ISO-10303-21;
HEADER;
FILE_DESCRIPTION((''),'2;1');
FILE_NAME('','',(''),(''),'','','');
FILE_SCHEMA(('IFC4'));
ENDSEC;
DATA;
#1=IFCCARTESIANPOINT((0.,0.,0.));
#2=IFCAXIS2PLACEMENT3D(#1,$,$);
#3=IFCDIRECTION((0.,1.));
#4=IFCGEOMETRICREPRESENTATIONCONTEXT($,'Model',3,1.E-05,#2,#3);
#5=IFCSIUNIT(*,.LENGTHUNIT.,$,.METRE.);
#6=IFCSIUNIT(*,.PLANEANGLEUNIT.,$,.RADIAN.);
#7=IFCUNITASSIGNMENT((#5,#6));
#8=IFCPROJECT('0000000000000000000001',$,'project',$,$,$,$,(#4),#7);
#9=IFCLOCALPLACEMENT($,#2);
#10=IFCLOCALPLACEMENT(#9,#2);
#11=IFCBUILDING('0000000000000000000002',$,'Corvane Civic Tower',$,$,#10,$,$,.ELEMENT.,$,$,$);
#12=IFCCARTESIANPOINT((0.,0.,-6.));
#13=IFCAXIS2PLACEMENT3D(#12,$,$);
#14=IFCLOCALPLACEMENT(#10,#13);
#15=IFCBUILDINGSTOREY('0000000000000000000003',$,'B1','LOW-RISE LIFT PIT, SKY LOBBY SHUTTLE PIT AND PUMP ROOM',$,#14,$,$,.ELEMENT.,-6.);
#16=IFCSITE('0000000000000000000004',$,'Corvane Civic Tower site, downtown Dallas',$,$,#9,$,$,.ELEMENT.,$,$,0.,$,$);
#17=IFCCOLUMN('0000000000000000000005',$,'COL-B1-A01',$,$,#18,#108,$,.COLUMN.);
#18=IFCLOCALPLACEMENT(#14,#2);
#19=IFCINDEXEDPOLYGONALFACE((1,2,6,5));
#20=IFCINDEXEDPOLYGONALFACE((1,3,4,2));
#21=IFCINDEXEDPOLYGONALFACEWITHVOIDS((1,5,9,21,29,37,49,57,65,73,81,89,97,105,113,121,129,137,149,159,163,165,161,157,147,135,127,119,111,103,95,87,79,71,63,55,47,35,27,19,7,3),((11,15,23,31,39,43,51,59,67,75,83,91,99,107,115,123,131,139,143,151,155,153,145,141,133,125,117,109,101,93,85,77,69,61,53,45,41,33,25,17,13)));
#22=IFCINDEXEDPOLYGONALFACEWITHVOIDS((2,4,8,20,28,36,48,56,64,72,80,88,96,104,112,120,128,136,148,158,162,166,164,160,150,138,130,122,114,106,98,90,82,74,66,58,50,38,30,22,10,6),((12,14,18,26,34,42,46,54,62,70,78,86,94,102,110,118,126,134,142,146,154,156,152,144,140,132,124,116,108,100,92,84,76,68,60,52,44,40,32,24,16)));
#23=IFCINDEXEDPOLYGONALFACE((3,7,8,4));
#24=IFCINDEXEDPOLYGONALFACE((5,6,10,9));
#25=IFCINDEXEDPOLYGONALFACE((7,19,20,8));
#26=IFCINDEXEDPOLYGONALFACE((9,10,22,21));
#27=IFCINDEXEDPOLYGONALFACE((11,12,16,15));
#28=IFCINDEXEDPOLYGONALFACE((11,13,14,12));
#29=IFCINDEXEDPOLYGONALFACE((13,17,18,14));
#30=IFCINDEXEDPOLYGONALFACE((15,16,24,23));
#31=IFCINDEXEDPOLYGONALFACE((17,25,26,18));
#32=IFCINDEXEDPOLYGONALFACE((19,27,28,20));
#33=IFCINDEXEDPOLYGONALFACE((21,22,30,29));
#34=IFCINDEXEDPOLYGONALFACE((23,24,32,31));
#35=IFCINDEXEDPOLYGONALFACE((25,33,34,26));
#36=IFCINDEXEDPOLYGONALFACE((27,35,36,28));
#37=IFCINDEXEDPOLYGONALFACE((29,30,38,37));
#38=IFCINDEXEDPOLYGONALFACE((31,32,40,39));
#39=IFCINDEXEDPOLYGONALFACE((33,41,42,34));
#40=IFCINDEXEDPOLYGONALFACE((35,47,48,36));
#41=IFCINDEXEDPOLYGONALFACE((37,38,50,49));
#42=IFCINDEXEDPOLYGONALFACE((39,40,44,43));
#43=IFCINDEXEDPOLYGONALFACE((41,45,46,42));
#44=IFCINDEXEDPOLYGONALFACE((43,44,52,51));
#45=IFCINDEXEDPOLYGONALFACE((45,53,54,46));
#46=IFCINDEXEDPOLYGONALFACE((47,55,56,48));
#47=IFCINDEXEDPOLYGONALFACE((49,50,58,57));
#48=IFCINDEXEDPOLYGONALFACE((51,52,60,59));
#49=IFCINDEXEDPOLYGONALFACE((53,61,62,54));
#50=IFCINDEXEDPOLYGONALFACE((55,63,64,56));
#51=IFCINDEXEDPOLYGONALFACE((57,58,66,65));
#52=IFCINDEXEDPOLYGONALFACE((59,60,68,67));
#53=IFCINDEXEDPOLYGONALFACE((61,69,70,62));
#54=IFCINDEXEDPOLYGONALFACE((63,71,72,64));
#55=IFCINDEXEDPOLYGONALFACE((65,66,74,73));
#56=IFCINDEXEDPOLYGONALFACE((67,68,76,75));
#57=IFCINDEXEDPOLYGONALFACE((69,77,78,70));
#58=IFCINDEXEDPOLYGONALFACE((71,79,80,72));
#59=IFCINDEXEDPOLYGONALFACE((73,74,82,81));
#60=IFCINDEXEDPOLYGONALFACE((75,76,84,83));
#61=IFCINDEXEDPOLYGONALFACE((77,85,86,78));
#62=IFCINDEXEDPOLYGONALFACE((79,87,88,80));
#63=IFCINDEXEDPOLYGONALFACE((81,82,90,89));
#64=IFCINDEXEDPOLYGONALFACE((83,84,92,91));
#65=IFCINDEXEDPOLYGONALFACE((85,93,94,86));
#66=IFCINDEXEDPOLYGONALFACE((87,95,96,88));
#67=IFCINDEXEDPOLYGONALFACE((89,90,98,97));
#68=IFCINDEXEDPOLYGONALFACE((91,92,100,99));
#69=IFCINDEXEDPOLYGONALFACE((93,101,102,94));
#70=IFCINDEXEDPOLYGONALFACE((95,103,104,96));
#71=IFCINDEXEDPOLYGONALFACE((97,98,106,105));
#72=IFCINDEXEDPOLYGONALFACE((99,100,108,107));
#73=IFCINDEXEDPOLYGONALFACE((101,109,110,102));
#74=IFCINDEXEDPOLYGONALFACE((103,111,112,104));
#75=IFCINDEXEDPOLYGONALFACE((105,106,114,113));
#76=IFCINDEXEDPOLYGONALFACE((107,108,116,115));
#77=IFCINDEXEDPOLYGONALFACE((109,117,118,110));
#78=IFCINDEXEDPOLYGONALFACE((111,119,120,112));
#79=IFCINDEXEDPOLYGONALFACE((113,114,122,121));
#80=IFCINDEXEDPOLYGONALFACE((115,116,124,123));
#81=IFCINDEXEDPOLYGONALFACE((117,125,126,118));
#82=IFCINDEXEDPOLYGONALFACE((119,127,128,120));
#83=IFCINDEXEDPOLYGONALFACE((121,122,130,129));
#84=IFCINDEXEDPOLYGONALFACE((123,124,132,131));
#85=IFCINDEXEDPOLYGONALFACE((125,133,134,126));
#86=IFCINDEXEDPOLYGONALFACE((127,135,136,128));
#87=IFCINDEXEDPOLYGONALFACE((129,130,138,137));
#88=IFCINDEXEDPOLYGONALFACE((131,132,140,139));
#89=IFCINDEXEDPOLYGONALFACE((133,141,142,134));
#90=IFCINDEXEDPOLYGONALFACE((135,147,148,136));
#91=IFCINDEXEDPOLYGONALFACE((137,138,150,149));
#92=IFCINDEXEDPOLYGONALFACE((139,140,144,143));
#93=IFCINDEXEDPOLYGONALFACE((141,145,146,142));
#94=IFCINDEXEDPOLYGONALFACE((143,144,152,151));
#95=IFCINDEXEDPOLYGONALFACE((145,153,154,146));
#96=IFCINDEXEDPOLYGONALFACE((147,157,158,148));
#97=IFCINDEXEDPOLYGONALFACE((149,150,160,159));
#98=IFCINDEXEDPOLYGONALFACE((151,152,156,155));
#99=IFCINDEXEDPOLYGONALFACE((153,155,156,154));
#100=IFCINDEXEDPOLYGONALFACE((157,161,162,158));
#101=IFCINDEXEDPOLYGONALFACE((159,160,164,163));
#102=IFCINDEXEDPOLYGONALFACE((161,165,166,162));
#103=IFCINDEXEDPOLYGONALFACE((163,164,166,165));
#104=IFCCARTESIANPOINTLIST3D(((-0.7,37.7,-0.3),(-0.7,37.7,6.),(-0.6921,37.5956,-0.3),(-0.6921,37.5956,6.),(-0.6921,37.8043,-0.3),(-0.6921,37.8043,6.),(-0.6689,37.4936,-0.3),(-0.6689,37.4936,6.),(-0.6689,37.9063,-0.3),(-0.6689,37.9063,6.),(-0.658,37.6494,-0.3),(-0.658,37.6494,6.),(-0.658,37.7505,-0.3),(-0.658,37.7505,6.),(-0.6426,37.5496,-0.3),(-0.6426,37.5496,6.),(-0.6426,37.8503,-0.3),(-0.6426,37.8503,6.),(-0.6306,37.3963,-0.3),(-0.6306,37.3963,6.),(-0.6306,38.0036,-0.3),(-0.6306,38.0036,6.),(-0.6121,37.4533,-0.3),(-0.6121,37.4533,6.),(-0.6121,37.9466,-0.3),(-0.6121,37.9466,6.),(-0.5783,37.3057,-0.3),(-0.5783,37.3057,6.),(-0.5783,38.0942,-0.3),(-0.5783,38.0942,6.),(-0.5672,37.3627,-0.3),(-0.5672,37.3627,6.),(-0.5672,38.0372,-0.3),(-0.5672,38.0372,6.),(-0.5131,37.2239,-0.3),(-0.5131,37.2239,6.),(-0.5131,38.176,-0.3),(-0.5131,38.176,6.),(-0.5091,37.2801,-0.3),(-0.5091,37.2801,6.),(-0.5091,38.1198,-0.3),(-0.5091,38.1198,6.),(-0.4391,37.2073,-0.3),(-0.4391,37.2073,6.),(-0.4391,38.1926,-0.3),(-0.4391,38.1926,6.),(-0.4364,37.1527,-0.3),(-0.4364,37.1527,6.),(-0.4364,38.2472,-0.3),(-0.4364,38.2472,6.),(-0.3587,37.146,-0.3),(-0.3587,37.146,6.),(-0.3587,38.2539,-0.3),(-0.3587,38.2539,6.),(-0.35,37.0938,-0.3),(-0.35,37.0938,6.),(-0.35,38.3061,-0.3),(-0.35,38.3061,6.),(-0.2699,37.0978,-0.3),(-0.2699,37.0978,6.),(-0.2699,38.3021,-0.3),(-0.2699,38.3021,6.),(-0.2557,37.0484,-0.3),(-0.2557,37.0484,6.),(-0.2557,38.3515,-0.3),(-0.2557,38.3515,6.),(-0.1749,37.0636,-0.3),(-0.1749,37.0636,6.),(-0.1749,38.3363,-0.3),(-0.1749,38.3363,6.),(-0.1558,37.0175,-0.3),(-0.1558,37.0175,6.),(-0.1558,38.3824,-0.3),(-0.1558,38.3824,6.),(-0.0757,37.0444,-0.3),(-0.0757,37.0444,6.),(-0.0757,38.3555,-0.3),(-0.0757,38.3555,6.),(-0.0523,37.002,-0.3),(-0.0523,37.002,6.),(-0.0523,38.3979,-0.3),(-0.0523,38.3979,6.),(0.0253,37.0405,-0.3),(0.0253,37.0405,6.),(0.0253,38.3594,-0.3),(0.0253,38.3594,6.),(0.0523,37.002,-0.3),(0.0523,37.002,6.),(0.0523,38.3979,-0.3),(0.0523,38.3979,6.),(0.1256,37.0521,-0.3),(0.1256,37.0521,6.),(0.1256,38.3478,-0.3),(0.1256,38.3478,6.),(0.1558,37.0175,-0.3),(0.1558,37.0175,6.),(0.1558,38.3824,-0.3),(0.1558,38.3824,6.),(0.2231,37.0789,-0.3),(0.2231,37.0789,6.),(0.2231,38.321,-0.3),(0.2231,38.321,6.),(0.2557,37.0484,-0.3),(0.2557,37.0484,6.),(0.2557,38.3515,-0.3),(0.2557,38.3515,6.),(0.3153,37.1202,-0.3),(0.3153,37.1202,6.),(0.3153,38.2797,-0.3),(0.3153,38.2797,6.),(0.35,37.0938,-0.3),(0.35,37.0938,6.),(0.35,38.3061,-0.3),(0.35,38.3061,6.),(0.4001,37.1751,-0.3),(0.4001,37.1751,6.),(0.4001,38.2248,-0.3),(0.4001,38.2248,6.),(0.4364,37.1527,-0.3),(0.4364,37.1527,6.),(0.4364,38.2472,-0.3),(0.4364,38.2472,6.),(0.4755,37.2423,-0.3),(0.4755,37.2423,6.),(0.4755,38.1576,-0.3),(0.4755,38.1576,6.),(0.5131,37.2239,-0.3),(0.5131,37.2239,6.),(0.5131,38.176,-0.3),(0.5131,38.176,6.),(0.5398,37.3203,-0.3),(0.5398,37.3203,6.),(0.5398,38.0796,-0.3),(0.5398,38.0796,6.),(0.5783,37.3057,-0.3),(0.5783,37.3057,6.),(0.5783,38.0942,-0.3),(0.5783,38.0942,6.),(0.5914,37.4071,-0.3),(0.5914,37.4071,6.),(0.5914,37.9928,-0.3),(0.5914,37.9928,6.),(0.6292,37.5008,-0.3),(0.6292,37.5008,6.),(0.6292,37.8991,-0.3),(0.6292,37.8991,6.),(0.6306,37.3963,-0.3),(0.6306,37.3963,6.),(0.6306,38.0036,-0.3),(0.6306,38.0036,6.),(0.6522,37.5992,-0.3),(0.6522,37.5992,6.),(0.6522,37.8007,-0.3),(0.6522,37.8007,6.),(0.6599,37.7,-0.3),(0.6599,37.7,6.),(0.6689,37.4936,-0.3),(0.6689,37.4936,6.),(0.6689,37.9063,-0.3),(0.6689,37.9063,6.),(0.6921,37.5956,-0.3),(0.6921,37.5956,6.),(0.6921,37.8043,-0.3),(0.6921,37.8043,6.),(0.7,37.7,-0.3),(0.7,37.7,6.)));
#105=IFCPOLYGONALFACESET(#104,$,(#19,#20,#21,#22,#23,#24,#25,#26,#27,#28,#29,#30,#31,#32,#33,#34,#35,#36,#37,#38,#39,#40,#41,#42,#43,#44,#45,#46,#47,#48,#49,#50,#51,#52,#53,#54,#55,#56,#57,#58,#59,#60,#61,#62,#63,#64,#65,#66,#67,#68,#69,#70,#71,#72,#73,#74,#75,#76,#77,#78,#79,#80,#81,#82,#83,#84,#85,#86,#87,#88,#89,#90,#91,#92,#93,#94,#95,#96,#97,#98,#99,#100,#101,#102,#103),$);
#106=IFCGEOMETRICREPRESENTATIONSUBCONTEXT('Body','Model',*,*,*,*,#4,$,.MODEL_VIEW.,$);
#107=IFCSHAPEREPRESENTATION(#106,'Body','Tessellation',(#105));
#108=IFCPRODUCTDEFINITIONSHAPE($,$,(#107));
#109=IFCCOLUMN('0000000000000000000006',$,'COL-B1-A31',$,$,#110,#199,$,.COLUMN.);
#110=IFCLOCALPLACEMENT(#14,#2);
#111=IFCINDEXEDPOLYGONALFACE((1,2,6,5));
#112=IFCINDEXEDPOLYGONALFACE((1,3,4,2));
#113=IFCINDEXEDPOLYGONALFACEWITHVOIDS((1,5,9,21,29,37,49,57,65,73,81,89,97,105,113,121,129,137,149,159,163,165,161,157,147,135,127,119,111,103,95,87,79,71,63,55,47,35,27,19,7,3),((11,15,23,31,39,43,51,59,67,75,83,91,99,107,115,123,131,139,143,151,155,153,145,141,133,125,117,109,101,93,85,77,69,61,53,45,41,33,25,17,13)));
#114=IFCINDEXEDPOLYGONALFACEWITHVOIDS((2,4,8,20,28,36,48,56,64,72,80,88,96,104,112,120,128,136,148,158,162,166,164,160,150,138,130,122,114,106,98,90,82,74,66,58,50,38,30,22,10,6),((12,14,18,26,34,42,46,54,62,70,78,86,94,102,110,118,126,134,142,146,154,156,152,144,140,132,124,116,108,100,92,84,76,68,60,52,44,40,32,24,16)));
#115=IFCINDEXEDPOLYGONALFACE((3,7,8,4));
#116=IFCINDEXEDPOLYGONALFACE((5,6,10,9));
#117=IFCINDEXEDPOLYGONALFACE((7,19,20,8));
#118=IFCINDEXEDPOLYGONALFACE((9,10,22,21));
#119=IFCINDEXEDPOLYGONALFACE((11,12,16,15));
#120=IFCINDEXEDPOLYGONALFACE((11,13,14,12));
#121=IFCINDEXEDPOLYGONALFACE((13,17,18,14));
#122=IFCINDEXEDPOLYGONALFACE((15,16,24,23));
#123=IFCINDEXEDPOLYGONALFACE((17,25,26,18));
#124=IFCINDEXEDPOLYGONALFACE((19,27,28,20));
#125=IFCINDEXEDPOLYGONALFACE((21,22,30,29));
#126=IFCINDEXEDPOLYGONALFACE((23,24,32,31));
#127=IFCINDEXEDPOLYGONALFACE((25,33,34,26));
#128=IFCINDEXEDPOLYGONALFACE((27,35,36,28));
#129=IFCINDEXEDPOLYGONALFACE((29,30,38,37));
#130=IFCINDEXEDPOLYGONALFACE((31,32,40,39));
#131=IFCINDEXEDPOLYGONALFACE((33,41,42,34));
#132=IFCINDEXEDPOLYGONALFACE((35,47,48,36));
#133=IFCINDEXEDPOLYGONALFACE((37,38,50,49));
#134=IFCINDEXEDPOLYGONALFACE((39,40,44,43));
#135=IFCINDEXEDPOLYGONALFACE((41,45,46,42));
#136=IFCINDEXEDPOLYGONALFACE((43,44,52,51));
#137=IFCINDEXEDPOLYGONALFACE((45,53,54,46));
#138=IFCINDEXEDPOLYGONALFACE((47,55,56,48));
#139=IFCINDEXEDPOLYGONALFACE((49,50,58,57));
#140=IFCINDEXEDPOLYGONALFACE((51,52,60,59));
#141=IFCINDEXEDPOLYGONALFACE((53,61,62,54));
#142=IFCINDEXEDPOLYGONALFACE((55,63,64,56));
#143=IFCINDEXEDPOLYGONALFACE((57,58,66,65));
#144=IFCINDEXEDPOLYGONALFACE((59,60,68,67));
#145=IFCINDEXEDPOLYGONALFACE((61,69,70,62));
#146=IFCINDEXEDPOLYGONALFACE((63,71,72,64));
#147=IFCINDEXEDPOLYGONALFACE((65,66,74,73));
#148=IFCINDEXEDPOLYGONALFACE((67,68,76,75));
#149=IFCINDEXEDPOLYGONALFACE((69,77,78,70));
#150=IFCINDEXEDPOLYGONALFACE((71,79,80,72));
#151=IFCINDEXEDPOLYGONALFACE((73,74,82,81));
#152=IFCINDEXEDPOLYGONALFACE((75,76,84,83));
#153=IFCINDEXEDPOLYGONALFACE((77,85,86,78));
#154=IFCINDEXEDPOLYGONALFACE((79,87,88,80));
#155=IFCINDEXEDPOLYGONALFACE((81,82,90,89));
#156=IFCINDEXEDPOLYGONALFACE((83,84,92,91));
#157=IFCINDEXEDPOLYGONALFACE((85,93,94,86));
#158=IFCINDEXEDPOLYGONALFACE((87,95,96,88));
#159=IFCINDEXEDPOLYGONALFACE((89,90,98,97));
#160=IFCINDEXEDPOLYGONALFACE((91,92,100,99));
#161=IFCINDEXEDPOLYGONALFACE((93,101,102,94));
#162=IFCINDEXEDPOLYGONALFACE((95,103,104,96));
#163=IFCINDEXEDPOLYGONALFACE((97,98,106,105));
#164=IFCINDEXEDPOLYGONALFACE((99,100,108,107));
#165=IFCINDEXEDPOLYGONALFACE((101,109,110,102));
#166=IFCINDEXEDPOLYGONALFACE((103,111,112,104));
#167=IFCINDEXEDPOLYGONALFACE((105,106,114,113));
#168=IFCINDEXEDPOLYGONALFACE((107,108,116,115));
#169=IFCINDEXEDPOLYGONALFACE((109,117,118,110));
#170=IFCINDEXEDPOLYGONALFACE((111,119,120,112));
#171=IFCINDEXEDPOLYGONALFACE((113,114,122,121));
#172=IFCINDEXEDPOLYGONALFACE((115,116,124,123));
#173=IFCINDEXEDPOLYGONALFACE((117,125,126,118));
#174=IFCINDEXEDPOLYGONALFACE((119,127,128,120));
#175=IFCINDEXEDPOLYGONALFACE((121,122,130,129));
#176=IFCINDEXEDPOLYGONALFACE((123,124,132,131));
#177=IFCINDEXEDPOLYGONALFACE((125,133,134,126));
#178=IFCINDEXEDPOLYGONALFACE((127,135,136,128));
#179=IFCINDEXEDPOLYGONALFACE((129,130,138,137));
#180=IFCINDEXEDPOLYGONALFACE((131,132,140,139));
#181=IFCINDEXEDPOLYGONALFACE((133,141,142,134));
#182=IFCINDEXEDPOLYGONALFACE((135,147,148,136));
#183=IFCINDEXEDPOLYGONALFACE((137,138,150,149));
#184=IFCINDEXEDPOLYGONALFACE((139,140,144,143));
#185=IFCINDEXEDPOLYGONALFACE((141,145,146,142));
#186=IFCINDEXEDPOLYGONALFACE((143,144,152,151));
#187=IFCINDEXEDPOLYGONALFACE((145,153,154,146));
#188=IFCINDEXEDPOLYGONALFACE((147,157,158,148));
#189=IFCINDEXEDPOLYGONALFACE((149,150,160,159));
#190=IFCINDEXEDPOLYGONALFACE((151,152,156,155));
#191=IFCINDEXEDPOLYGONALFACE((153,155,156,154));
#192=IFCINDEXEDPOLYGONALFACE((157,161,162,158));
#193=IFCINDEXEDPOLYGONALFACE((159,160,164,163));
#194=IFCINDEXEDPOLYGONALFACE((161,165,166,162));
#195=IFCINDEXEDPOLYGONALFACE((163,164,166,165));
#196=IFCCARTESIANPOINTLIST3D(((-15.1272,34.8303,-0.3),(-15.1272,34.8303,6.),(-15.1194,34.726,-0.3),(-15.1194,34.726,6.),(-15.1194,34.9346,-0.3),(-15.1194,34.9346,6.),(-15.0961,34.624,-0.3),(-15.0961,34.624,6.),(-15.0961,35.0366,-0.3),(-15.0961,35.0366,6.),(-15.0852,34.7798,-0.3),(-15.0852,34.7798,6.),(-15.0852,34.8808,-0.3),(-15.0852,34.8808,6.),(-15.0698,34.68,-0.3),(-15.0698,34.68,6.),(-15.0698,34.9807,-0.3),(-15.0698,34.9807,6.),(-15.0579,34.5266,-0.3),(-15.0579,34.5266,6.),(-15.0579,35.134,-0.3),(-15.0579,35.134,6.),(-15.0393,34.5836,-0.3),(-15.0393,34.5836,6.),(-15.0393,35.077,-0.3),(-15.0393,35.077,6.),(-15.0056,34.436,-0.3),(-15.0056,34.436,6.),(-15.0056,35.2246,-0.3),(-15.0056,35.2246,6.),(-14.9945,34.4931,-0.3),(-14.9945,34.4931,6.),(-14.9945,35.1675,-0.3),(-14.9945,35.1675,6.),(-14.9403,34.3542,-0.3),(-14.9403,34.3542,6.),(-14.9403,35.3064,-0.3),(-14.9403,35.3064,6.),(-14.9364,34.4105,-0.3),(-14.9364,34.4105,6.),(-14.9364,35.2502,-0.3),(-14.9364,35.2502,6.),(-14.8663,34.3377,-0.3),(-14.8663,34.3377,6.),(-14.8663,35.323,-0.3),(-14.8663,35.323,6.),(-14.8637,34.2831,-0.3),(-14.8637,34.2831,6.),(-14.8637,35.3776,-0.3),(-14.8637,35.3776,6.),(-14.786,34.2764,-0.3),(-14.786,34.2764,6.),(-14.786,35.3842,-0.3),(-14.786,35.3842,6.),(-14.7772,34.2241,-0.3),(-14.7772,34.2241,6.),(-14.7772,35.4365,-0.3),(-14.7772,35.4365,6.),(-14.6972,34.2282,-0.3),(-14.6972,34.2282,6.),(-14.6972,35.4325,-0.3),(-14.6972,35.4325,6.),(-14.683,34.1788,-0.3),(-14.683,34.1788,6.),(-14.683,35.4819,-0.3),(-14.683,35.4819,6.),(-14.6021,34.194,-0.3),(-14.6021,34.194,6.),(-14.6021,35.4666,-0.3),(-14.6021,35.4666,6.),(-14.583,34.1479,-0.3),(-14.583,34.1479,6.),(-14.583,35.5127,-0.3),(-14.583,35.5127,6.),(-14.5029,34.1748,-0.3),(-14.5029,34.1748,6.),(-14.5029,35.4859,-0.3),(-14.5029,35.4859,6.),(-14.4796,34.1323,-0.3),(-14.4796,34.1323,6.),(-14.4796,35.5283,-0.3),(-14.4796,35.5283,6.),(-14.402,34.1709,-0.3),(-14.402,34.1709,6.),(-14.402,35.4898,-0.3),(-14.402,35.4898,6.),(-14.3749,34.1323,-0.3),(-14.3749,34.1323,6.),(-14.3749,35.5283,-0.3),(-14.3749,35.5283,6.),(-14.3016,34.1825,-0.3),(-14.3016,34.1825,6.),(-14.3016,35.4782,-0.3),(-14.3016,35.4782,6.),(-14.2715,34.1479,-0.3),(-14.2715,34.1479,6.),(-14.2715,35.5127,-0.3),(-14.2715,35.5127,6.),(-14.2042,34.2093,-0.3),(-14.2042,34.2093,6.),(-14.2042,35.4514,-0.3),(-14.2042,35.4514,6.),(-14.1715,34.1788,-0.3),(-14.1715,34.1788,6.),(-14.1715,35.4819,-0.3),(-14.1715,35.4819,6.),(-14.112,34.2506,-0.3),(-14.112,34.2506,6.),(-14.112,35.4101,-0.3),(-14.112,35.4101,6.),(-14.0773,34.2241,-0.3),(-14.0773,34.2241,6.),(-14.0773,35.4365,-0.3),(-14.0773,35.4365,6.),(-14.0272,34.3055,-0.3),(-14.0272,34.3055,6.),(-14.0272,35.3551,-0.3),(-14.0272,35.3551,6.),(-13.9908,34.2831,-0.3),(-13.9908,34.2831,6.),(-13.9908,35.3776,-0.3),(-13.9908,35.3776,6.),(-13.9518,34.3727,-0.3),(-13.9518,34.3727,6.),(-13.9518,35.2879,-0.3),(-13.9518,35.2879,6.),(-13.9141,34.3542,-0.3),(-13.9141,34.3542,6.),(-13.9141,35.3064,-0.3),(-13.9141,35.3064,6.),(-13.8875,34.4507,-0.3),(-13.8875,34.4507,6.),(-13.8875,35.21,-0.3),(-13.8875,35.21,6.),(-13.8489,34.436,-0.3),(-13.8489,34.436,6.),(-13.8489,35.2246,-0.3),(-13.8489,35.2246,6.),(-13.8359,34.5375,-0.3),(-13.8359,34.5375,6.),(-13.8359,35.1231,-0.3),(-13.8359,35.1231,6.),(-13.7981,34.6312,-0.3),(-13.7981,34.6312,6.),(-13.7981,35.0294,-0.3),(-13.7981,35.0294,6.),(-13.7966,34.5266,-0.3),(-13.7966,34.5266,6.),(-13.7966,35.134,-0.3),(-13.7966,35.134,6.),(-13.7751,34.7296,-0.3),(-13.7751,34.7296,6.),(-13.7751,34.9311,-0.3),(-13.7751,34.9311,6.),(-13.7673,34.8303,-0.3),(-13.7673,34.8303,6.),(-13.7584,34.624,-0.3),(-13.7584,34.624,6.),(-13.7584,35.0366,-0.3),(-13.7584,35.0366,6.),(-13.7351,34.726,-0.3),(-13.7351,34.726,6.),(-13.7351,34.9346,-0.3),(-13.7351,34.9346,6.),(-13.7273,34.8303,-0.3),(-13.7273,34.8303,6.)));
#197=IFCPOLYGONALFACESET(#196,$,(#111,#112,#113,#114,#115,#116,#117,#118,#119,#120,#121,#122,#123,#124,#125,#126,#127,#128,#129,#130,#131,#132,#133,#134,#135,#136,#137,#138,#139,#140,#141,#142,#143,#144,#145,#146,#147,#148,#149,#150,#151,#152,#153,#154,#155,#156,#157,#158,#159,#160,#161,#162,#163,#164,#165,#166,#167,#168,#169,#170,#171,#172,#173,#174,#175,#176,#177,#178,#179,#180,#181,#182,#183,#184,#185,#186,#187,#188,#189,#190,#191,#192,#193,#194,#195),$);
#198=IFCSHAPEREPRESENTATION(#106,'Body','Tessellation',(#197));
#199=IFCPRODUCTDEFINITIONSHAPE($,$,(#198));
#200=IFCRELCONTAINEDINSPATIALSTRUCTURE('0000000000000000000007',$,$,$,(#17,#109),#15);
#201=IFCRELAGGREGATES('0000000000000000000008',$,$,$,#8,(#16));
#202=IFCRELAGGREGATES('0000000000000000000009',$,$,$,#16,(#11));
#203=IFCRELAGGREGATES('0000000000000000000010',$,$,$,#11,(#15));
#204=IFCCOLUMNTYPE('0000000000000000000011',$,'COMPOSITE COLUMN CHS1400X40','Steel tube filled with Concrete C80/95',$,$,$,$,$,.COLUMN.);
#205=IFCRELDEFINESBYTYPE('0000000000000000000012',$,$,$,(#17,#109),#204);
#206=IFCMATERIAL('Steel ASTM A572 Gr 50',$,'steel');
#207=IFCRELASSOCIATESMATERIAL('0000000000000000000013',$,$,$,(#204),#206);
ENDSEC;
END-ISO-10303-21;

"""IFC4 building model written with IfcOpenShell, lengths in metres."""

from ifc_helpers import new_model, si_unit, direction, frame, origin, origin_2d, place, context, subcontext, project, spatial, hollow_circle, extrude, material, material_profile, profile_set, type_object, element, save


model = new_model("IFC4")

# Units and contexts
model_context = context("Model", 3, precision=1e-05, world=origin(), true_north=direction((0.0, 1.0)))
body_context = subcontext(model_context, "Body", "Model", "MODEL_VIEW")
ifc_project = project(units=[si_unit("LENGTHUNIT", "METRE"), si_unit("PLANEANGLEUNIT", "RADIAN")], contexts=[model_context])

# Site, building, storey
site_placement = place(None, origin())
site = spatial("IfcSite", under=ifc_project, at=site_placement, Name="Corvane Civic Tower site, downtown Dallas", CompositionType="ELEMENT", RefElevation=0.0)
building_placement = place(site_placement, origin())
building = spatial("IfcBuilding", under=site, at=building_placement, Name="Corvane Civic Tower", CompositionType="ELEMENT")
storey_placement = place(building_placement, frame((0.0, 0.0, -6.0)))
storey = spatial("IfcBuildingStorey", under=building, at=storey_placement, Name="B1", Description="LOW-RISE LIFT PIT, SKY LOBBY SHUTTLE PIT AND PUMP ROOM", CompositionType="ELEMENT", Elevation=-6.0)

# Columns
ifc_material_1 = material(Name="Steel ASTM A572 Gr 50", Category="steel")
ifc_material_profile_1 = material_profile(ifc_material_1, hollow_circle(Radius=0.7, WallThickness=0.04, at=origin_2d()), Name="CHS1400X40")
ifc_profile_set_1 = profile_set([ifc_material_profile_1], Name="Steel ASTM A572 Gr 50")
column_type_1 = type_object("IfcColumnType", Name="COMPOSITE COLUMN CHS1400X40", Description="Steel tube filled with Concrete C80/95", PredefinedType="COLUMN", material=ifc_profile_set_1)
for number, where, z_axis, x_axis, name in (
    (1, (0.0, 37.7, -0.3), (0.0, 0.0, 1.0), (1.0, 0.0, 0.0), "COL-B1-A01"),
    (2, (-14.4272, 34.8303, -0.3), (0.0, 0.0, 1.0), (1.0, 0.0, 0.0), "COL-B1-A31"),
):
    element("IfcColumn", number, at=place(storey_placement, frame(where, z_axis=z_axis, x_axis=x_axis)), inside=storey, type_object=column_type_1, Name=name, PredefinedType="COLUMN", context=body_context, shape_type="SweptSolid", body=[
        extrude(hollow_circle(Radius=0.7, WallThickness=0.04, at=origin_2d()), origin(), (0.0, 0.0, 1.0), 6.3),
    ])

save(model, "model.ifc")
